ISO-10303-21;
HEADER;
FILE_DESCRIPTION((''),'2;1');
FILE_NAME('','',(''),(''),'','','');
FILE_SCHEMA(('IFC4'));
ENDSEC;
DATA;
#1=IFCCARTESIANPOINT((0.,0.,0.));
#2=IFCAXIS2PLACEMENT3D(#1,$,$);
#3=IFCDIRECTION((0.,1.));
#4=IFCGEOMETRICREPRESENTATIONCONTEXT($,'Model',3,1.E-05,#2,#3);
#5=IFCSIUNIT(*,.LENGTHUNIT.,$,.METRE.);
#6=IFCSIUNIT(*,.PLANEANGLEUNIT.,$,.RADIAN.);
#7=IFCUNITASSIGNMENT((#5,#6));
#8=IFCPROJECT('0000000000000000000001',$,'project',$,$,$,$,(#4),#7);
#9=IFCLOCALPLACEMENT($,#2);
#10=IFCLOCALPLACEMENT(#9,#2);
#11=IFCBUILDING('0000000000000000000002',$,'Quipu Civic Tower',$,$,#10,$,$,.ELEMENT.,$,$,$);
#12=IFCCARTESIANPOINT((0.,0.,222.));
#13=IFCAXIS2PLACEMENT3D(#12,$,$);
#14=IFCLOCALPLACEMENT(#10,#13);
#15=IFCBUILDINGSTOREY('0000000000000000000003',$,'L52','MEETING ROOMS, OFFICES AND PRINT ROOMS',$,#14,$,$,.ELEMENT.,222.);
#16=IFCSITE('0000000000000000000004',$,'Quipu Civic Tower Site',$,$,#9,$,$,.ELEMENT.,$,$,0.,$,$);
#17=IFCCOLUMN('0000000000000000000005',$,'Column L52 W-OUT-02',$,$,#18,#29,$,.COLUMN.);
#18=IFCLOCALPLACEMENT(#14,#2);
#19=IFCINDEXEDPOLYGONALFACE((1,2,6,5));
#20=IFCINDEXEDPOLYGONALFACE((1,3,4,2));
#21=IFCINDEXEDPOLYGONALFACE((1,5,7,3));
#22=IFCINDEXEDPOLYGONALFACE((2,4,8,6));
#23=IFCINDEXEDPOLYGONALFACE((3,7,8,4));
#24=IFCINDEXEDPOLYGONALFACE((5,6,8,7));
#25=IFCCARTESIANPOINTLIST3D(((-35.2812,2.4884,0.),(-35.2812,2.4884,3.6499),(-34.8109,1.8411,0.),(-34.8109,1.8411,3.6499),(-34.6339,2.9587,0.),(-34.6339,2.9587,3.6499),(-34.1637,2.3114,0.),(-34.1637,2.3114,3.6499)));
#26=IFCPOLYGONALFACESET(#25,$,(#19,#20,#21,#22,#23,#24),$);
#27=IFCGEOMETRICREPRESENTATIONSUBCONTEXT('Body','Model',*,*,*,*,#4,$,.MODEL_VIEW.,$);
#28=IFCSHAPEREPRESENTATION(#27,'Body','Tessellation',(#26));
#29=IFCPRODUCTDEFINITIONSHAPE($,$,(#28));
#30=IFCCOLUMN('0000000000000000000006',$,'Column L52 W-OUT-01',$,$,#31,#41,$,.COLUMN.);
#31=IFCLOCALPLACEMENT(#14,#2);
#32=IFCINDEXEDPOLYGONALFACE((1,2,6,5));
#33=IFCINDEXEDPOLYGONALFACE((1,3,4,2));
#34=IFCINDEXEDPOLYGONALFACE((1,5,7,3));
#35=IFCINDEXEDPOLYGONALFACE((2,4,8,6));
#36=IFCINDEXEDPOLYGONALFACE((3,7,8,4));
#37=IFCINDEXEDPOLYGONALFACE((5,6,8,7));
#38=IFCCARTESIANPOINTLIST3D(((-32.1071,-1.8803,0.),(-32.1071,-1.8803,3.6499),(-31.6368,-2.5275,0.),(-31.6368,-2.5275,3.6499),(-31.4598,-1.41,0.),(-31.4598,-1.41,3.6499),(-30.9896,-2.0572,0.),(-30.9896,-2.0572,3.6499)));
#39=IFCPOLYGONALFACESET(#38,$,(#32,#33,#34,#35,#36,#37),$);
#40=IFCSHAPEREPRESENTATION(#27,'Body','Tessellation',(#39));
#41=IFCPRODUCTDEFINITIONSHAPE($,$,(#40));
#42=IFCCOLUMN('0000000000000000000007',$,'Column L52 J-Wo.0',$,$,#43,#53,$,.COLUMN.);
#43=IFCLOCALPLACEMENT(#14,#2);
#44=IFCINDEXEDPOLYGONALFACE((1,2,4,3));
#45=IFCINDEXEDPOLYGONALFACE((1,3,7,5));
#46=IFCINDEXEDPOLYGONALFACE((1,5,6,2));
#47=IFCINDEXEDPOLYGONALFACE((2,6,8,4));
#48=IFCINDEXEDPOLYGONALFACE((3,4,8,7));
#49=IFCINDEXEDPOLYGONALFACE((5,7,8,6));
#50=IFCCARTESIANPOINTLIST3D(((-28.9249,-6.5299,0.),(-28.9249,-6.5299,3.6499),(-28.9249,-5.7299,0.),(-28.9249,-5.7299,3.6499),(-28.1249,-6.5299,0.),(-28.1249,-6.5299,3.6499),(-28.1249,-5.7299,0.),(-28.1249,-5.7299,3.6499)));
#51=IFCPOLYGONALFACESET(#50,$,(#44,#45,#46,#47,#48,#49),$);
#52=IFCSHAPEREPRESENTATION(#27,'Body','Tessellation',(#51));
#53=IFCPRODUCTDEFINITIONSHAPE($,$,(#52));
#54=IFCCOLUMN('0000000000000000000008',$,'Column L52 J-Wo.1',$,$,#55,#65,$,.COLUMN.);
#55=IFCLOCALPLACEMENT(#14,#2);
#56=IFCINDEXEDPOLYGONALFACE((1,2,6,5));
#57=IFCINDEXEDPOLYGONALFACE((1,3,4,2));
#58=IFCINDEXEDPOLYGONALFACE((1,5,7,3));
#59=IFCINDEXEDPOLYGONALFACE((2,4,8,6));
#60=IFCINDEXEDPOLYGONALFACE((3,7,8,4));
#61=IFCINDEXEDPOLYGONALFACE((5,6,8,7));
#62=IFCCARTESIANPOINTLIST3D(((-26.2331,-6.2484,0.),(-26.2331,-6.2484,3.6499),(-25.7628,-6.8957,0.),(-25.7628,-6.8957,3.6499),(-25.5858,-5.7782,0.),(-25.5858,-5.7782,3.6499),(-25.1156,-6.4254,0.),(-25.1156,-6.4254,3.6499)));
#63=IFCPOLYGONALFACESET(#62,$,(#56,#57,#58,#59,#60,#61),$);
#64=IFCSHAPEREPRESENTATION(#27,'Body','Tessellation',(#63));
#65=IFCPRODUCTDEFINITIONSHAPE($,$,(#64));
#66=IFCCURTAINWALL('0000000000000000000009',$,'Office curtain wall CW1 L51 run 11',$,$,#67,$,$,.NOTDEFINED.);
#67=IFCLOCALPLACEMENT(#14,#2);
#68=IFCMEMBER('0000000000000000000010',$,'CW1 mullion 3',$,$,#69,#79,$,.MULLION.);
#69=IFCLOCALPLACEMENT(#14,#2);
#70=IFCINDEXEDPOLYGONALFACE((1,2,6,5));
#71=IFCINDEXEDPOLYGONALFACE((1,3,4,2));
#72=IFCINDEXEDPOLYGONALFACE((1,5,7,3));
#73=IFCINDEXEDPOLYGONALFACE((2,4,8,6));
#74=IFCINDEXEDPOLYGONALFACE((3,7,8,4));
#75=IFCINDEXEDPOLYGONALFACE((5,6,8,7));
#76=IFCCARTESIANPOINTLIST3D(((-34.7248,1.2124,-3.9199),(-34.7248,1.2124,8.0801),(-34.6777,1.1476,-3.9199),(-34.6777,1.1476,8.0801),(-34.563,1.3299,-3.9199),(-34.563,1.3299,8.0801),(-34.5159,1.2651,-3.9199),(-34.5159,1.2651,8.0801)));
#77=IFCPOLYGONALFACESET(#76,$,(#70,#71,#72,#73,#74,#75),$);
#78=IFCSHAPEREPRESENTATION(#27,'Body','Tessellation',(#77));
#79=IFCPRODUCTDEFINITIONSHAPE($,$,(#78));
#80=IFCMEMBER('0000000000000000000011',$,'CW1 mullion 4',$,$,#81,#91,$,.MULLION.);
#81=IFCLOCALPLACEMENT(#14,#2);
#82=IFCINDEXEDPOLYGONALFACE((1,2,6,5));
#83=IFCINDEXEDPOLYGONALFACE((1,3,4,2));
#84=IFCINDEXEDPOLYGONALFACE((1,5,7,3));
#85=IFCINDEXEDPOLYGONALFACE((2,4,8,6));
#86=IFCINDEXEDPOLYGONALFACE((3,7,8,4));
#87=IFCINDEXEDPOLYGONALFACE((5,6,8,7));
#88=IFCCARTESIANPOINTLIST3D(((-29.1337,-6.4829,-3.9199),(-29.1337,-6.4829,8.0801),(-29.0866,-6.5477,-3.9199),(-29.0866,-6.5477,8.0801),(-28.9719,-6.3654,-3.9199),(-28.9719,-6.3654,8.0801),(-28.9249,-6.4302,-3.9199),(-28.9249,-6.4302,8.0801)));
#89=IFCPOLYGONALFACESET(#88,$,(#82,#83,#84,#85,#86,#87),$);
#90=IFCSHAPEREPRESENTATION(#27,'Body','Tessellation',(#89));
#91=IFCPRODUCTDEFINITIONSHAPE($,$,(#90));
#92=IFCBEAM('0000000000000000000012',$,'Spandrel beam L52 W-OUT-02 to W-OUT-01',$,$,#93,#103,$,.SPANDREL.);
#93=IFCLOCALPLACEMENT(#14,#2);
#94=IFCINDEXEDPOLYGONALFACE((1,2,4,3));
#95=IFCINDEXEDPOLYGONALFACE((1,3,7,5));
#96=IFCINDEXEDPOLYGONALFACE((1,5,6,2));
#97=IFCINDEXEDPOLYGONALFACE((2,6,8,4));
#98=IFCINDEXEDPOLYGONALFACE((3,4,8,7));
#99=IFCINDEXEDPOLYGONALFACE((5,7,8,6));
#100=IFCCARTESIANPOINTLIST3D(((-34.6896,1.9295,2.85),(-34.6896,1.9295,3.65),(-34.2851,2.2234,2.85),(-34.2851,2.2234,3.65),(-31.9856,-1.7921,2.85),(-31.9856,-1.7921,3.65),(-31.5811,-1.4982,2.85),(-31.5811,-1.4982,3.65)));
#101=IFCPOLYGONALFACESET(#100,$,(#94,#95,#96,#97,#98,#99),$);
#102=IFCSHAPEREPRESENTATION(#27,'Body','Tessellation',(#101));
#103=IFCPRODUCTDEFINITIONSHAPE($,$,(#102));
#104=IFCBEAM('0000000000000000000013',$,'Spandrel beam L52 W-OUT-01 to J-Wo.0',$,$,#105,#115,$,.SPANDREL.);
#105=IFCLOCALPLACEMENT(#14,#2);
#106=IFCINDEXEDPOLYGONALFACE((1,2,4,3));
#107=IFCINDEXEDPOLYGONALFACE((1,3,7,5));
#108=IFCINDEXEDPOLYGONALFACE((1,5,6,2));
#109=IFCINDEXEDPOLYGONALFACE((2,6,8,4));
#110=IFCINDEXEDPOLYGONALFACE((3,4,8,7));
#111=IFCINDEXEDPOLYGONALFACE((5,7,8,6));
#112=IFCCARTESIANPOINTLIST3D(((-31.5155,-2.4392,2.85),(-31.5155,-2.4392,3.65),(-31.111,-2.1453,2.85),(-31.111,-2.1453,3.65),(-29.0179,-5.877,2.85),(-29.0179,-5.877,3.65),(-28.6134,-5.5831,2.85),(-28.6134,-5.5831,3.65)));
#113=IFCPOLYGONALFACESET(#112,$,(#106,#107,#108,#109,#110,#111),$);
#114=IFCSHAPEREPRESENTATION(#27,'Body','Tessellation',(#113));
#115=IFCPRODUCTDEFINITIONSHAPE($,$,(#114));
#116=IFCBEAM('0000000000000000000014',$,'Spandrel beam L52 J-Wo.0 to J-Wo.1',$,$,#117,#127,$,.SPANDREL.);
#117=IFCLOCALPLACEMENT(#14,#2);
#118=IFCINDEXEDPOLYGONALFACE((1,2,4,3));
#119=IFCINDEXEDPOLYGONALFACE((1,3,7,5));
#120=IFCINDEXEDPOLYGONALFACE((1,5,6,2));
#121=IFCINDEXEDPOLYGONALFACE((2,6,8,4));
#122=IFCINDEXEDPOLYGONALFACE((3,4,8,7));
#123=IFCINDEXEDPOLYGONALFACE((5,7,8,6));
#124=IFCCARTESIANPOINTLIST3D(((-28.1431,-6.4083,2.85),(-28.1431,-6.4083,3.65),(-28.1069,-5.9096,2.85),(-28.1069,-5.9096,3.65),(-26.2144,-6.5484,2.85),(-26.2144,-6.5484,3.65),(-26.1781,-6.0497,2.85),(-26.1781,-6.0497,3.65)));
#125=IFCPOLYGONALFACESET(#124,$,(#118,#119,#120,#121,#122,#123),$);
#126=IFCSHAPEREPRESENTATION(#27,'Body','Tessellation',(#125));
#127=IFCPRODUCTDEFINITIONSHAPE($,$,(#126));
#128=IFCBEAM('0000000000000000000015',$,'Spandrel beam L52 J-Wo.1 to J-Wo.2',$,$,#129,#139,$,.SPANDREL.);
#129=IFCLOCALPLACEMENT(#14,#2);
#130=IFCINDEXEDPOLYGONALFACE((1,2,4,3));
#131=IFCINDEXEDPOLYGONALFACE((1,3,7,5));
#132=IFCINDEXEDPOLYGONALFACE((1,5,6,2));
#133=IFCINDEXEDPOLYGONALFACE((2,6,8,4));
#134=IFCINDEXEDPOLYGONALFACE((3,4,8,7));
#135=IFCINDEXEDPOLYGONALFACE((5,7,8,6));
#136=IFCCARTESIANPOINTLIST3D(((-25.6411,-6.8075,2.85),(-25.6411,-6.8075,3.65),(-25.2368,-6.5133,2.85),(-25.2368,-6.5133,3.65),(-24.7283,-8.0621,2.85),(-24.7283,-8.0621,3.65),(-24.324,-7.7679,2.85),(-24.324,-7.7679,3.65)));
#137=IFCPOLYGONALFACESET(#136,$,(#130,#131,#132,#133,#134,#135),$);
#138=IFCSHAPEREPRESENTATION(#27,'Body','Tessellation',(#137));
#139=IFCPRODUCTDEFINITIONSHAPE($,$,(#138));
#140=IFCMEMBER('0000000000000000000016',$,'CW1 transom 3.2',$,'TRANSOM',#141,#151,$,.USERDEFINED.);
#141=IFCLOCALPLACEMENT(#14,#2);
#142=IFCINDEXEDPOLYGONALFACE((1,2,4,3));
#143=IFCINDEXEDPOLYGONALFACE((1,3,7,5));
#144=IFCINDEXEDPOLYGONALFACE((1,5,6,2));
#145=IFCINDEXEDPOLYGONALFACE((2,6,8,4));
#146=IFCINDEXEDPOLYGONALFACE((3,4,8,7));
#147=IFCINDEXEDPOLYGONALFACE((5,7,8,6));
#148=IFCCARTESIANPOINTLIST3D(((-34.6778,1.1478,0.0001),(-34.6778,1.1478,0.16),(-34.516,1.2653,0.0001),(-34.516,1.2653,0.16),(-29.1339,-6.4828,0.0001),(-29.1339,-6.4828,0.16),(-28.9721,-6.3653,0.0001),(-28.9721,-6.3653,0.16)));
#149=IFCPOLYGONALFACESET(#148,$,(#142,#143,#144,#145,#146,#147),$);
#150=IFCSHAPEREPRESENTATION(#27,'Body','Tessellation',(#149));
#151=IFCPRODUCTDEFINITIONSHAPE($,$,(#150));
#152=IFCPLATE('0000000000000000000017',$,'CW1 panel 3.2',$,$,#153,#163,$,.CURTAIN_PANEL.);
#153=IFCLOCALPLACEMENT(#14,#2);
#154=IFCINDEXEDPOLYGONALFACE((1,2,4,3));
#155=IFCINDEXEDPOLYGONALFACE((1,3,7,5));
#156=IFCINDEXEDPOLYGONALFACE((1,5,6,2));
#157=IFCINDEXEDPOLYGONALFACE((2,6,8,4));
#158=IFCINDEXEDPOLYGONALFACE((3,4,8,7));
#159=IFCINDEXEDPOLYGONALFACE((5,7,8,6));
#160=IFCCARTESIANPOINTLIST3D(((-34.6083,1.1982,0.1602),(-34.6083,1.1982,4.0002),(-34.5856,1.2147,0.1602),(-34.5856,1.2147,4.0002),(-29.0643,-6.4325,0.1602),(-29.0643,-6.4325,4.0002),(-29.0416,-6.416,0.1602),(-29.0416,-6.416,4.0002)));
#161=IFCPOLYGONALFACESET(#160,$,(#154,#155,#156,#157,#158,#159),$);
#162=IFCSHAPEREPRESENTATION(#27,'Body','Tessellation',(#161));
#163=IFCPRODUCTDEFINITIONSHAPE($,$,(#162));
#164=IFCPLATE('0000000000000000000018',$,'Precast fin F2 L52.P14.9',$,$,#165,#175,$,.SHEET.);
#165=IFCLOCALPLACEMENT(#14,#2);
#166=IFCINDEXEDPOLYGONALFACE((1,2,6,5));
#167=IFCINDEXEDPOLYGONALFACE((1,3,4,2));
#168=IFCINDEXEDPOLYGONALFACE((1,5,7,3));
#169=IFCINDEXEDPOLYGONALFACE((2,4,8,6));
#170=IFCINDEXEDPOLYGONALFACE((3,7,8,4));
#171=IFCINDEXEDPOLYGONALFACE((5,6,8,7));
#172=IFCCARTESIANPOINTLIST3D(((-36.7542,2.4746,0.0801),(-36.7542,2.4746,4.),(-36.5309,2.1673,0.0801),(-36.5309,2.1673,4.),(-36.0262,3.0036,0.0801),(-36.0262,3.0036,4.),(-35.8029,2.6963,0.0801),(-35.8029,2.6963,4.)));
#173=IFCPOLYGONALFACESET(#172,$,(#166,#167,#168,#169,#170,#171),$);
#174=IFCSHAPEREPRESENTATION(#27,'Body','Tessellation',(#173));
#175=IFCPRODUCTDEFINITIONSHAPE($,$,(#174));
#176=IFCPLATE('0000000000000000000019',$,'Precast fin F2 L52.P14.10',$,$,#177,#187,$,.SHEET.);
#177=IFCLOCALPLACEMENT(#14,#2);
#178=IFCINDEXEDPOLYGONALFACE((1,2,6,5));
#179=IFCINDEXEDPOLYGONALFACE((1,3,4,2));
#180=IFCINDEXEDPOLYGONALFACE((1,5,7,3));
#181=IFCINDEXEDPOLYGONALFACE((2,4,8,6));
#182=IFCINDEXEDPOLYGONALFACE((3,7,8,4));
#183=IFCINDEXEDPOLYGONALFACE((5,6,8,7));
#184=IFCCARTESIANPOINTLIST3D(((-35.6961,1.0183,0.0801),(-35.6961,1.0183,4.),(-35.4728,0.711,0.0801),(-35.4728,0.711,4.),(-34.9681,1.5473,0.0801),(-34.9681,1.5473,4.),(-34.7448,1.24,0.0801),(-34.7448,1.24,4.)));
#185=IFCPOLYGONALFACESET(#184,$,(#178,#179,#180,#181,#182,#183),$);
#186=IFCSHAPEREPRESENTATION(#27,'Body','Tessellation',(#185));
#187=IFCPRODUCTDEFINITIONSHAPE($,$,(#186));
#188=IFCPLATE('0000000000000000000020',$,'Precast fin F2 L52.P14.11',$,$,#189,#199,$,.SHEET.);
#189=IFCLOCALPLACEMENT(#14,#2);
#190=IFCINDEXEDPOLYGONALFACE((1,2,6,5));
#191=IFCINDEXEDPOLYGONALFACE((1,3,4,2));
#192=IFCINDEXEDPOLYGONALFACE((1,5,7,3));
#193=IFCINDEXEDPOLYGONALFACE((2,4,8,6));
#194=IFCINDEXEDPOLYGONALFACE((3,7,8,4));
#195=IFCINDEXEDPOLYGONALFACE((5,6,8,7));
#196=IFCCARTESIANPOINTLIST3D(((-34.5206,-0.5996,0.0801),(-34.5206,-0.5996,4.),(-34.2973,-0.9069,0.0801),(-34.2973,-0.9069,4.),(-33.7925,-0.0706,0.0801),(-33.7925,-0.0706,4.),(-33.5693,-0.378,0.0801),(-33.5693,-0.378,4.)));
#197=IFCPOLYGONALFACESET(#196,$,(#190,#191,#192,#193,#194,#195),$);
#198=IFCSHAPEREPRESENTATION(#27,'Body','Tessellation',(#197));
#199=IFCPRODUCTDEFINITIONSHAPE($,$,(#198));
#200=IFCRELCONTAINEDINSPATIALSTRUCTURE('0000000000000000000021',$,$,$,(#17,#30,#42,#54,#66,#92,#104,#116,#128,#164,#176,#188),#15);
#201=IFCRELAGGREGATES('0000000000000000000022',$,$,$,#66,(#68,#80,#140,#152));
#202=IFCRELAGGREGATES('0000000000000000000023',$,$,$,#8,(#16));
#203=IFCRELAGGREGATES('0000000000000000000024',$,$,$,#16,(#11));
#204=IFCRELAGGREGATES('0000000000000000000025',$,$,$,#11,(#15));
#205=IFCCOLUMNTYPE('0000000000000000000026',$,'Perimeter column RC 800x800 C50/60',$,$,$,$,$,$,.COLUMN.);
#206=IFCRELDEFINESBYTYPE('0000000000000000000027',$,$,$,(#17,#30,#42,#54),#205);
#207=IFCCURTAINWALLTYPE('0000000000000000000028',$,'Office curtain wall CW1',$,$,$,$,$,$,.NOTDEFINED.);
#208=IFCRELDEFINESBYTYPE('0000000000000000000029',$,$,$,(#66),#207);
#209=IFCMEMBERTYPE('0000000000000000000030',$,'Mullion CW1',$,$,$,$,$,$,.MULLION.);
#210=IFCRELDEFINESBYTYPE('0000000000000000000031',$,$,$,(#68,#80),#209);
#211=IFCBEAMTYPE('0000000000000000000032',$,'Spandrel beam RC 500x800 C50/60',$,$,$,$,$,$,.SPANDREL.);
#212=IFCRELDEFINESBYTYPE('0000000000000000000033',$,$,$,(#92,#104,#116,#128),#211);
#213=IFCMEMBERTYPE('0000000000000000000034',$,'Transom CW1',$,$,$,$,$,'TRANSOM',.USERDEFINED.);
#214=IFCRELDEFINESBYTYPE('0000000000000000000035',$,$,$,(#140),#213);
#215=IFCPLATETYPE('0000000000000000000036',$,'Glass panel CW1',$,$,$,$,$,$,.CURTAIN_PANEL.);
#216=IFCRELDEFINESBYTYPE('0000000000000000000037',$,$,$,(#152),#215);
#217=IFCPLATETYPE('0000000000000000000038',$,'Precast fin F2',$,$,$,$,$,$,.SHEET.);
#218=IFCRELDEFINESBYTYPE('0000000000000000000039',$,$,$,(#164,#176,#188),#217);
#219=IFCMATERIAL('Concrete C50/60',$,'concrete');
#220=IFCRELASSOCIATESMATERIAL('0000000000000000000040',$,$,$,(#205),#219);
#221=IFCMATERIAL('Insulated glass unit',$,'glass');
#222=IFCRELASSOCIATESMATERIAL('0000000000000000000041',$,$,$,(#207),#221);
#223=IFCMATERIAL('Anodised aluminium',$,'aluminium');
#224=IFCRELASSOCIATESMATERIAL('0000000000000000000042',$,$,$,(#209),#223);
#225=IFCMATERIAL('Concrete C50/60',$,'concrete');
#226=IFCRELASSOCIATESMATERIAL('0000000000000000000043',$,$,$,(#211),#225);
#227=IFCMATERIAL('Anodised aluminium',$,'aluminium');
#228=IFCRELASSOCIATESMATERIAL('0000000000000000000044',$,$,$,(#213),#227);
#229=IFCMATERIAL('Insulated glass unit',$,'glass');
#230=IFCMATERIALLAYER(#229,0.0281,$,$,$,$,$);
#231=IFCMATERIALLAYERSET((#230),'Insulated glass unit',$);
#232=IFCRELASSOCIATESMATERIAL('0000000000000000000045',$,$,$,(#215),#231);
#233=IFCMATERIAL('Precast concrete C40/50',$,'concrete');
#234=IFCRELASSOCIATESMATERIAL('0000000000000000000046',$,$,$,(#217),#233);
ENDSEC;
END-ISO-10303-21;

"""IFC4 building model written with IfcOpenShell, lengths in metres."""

from ifc_helpers import new_model, si_unit, direction, frame, origin, origin_2d, place, context, subcontext, project, spatial, rectangle, extrude, material, layer, layer_set, material_profile, profile_set, type_object, element, aggregate, save


model = new_model("IFC4")

# Units and contexts
model_context = context("Model", 3, precision=1e-05, world=origin(), true_north=direction((0.0, 1.0)))
body_context = subcontext(model_context, "Body", "Model", "MODEL_VIEW")
ifc_project = project(units=[si_unit("LENGTHUNIT", "METRE"), si_unit("PLANEANGLEUNIT", "RADIAN")], contexts=[model_context])

# Site, building, storey
site_placement = place(None, origin())
site = spatial("IfcSite", under=ifc_project, at=site_placement, Name="Quipu Civic Tower Site", CompositionType="ELEMENT", RefElevation=0.0)
building_placement = place(site_placement, origin())
building = spatial("IfcBuilding", under=site, at=building_placement, Name="Quipu Civic Tower", CompositionType="ELEMENT")
storey_placement = place(building_placement, frame((0.0, 0.0, 222.0)))
storey = spatial("IfcBuildingStorey", under=building, at=storey_placement, Name="L52", Description="MEETING ROOMS, OFFICES AND PRINT ROOMS", CompositionType="ELEMENT", Elevation=222.0)

# Columns
ifc_material_1 = material(Name="Concrete C50/60", Category="concrete")
ifc_material_profile_1 = material_profile(ifc_material_1, rectangle(XDim=0.8, YDim=0.8, at=origin_2d()), Name="RC800x800")
ifc_profile_set_1 = profile_set([ifc_material_profile_1], Name="Concrete C50/60")
column_type = type_object("IfcColumnType", Name="Perimeter column RC 800x800 C50/60", PredefinedType="COLUMN", material=ifc_profile_set_1)
for number, where, z_axis, x_axis, name in (
    (1, (-34.7224, 2.3999, 0.0), (0.0, 0.0, 1.0), (0.587785, -0.809017, 0.0), "Column L52 W-OUT-02"),
    (2, (-31.5483, -1.9688, 0.0), (0.0, 0.0, 1.0), (0.587785, -0.809017, 0.0), "Column L52 W-OUT-01"),
    (3, (-28.5249, -6.1299, 0.0), (0.0, 0.0, 1.0), (1.0, 0.0, 0.0), "Column L52 J-Wo.0"),
    (4, (-25.6743, -6.3369, 0.0), (0.0, 0.0, 1.0), (0.587785, -0.809017, 0.0), "Column L52 J-Wo.1"),
):
    element("IfcColumn", number, at=place(storey_placement, frame(where, z_axis=z_axis, x_axis=x_axis)), inside=storey, type_object=column_type, Name=name, PredefinedType="COLUMN", context=body_context, shape_type="SweptSolid", body=[
        extrude(rectangle(XDim=0.8, YDim=0.8, at=origin_2d()), origin(), (0.0, 0.0, 1.0), 3.6499),
    ])

# Curtain wall, members
ifc_material_2 = material(Name="Insulated glass unit", Category="glass")
curtain_wall_type = type_object("IfcCurtainWallType", Name="Office curtain wall CW1", PredefinedType="NOTDEFINED", material=ifc_material_2)
curtain_wall_placement = place(storey_placement, origin())
curtain_wall = element("IfcCurtainWall", 5, at=curtain_wall_placement, inside=storey, type_object=curtain_wall_type, Name="Office curtain wall CW1 L51 run 11", PredefinedType="NOTDEFINED")
ifc_material_3 = material(Name="Anodised aluminium", Category="aluminium")
ifc_material_profile_2 = material_profile(ifc_material_3, rectangle(XDim=0.2, YDim=0.0801, at=origin_2d()), Name="RECT 200x80")
ifc_profile_set_2 = profile_set([ifc_material_profile_2], Name="Anodised aluminium")
member_type_1 = type_object("IfcMemberType", Name="Mullion CW1", PredefinedType="MULLION", material=ifc_profile_set_2)
member_1_placement = place(storey_placement, frame((-34.6204, 1.2388, -3.9199), z_axis=(0.0, 0.0, 1.0), x_axis=(0.809017, 0.587786, 0.0)))
member_1 = element("IfcMember", 6, at=member_1_placement, type_object=member_type_1, Name="CW1 mullion 3", PredefinedType="MULLION", context=body_context, shape_type="SweptSolid", body=[
    extrude(rectangle(XDim=0.2, YDim=0.0801, at=origin_2d()), origin(), (0.0, 0.0, 1.0), 12.0),
])
member_2_placement = place(storey_placement, frame((-29.0293, -6.4565, -3.9199), z_axis=(0.0, 0.0, 1.0), x_axis=(0.809017, 0.587786, 0.0)))
member_2 = element("IfcMember", 7, at=member_2_placement, type_object=member_type_1, Name="CW1 mullion 4", PredefinedType="MULLION", context=body_context, shape_type="SweptSolid", body=[
    extrude(rectangle(XDim=0.2, YDim=0.0801, at=origin_2d()), origin(), (0.0, 0.0, 1.0), 12.0),
])

# Beams
ifc_material_4 = material(Name="Concrete C50/60", Category="concrete")
ifc_material_profile_3 = material_profile(ifc_material_4, rectangle(XDim=0.5, YDim=0.8, at=origin_2d()), Name="RC500x800")
ifc_profile_set_3 = profile_set([ifc_material_profile_3], Name="Concrete C50/60")
beam_type = type_object("IfcBeamType", Name="Spandrel beam RC 500x800 C50/60", PredefinedType="SPANDREL", material=ifc_profile_set_3)
beam_1_placement = place(storey_placement, frame((-34.4873, 2.0764, 3.25), z_axis=(0.587796, -0.809009, 0.0), x_axis=(0.809009, 0.587796, 0.0)))
element("IfcBeam", 8, at=beam_1_placement, inside=storey, type_object=beam_type, Name="Spandrel beam L52 W-OUT-02 to W-OUT-01", PredefinedType="SPANDREL", context=body_context, shape_type="SweptSolid", body=[
    extrude(rectangle(XDim=0.5, YDim=0.8, at=origin_2d()), origin(), (0.0, 0.0, 1.0), 4.6001),
])
beam_2_placement = place(storey_placement, frame((-31.3132, -2.2922, 3.25), z_axis=(0.587769, -0.809029, 0.0), x_axis=(0.809029, 0.587769, 0.0)))
element("IfcBeam", 9, at=beam_2_placement, inside=storey, type_object=beam_type, Name="Spandrel beam L52 W-OUT-01 to J-Wo.0", PredefinedType="SPANDREL", context=body_context, shape_type="SweptSolid", body=[
    extrude(rectangle(XDim=0.5, YDim=0.8, at=origin_2d()), origin(), (0.0, 0.0, 1.0), 4.2493),
])
beam_3_placement = place(storey_placement, frame((-28.125, -6.1589, 3.25), z_axis=(0.997371, -0.072467, 0.0), x_axis=(0.072467, 0.997371, 0.0)))
element("IfcBeam", 10, at=beam_3_placement, inside=storey, type_object=beam_type, Name="Spandrel beam L52 J-Wo.0 to J-Wo.1", PredefinedType="SPANDREL", context=body_context, shape_type="SweptSolid", body=[
    extrude(rectangle(XDim=0.5, YDim=0.8, at=origin_2d()), origin(), (0.0, 0.0, 1.0), 1.9338),
])
beam_4_placement = place(storey_placement, frame((-25.439, -6.6604, 3.25), z_axis=(0.588331, -0.80862, 0.0), x_axis=(0.80862, 0.588331, 0.0)))
element("IfcBeam", 11, at=beam_4_placement, inside=storey, type_object=beam_type, Name="Spandrel beam L52 J-Wo.1 to J-Wo.2", PredefinedType="SPANDREL", context=body_context, shape_type="SweptSolid", body=[
    extrude(rectangle(XDim=0.5, YDim=0.8, at=origin_2d()), origin(), (0.0, 0.0, 1.0), 1.5515),
])

# Member
ifc_material_5 = material(Name="Anodised aluminium", Category="aluminium")
ifc_material_profile_4 = material_profile(ifc_material_5, rectangle(XDim=0.2, YDim=0.1599, at=origin_2d()), Name="RECT 200x160")
ifc_profile_set_4 = profile_set([ifc_material_profile_4], Name="Anodised aluminium")
member_type_2 = type_object("IfcMemberType", Name="Transom CW1", ElementType="TRANSOM", PredefinedType="USERDEFINED", material=ifc_profile_set_4)
member_3_placement = place(storey_placement, frame((-34.5969, 1.2065, 0.0801), z_axis=(0.587784, -0.809018, 0.0), x_axis=(0.809018, 0.587784, 0.0)))
member_3 = element("IfcMember", 12, at=member_3_placement, type_object=member_type_2, Name="CW1 transom 3.2", ObjectType="TRANSOM", PredefinedType="USERDEFINED", context=body_context, shape_type="SweptSolid", body=[
    extrude(rectangle(XDim=0.2, YDim=0.1599, at=origin_2d()), origin(), (0.0, 0.0, 1.0), 9.4319),
])

# Plate
ifc_material_6 = material(Name="Insulated glass unit", Category="glass")
ifc_layer_1 = layer(ifc_material_6, 0.0281)
ifc_layer_set_1 = layer_set([ifc_layer_1], Name="Insulated glass unit")
plate_type_1 = type_object("IfcPlateType", Name="Glass panel CW1", PredefinedType="CURTAIN_PANEL", material=ifc_layer_set_1)
plate_placement = place(storey_placement, frame((-31.825, -2.6089, 0.1602), z_axis=(0.0, 0.0, 1.0), x_axis=(0.587786, -0.809017, 0.0)))
plate = element("IfcPlate", 13, at=plate_placement, type_object=plate_type_1, Name="CW1 panel 3.2", PredefinedType="CURTAIN_PANEL", context=body_context, shape_type="SweptSolid", body=[
    extrude(rectangle(XDim=9.4321, YDim=0.0281, at=origin_2d()), origin(), (0.0, 0.0, 1.0), 3.8401),
])
aggregate(curtain_wall, [member_1, member_2, member_3, plate])

# Plates
ifc_material_7 = material(Name="Precast concrete C40/50", Category="concrete")
plate_type_2 = type_object("IfcPlateType", Name="Precast fin F2", PredefinedType="SHEET", material=ifc_material_7)
for number, where, z_axis, x_axis, name in (
    (14, (-36.2786, 2.5854, 0.0801), (0.0, 0.0, 1.0), (0.587786, -0.809017, 0.0), "Precast fin F2 L52.P14.9"),
    (15, (-35.2205, 1.1292, 0.0801), (0.0, 0.0, 1.0), (0.587786, -0.809017, 0.0), "Precast fin F2 L52.P14.10"),
    (16, (-34.0449, -0.4888, 0.0801), (0.0, 0.0, 1.0), (0.587786, -0.809017, 0.0), "Precast fin F2 L52.P14.11"),
):
    element("IfcPlate", number, at=place(storey_placement, frame(where, z_axis=z_axis, x_axis=x_axis)), inside=storey, type_object=plate_type_2, Name=name, PredefinedType="SHEET", context=body_context, shape_type="SweptSolid", body=[
        extrude(rectangle(XDim=0.3799, YDim=0.8999, at=origin_2d()), origin(), (0.0, 0.0, 1.0), 3.9199),
    ])

save(model, "model.ifc")
